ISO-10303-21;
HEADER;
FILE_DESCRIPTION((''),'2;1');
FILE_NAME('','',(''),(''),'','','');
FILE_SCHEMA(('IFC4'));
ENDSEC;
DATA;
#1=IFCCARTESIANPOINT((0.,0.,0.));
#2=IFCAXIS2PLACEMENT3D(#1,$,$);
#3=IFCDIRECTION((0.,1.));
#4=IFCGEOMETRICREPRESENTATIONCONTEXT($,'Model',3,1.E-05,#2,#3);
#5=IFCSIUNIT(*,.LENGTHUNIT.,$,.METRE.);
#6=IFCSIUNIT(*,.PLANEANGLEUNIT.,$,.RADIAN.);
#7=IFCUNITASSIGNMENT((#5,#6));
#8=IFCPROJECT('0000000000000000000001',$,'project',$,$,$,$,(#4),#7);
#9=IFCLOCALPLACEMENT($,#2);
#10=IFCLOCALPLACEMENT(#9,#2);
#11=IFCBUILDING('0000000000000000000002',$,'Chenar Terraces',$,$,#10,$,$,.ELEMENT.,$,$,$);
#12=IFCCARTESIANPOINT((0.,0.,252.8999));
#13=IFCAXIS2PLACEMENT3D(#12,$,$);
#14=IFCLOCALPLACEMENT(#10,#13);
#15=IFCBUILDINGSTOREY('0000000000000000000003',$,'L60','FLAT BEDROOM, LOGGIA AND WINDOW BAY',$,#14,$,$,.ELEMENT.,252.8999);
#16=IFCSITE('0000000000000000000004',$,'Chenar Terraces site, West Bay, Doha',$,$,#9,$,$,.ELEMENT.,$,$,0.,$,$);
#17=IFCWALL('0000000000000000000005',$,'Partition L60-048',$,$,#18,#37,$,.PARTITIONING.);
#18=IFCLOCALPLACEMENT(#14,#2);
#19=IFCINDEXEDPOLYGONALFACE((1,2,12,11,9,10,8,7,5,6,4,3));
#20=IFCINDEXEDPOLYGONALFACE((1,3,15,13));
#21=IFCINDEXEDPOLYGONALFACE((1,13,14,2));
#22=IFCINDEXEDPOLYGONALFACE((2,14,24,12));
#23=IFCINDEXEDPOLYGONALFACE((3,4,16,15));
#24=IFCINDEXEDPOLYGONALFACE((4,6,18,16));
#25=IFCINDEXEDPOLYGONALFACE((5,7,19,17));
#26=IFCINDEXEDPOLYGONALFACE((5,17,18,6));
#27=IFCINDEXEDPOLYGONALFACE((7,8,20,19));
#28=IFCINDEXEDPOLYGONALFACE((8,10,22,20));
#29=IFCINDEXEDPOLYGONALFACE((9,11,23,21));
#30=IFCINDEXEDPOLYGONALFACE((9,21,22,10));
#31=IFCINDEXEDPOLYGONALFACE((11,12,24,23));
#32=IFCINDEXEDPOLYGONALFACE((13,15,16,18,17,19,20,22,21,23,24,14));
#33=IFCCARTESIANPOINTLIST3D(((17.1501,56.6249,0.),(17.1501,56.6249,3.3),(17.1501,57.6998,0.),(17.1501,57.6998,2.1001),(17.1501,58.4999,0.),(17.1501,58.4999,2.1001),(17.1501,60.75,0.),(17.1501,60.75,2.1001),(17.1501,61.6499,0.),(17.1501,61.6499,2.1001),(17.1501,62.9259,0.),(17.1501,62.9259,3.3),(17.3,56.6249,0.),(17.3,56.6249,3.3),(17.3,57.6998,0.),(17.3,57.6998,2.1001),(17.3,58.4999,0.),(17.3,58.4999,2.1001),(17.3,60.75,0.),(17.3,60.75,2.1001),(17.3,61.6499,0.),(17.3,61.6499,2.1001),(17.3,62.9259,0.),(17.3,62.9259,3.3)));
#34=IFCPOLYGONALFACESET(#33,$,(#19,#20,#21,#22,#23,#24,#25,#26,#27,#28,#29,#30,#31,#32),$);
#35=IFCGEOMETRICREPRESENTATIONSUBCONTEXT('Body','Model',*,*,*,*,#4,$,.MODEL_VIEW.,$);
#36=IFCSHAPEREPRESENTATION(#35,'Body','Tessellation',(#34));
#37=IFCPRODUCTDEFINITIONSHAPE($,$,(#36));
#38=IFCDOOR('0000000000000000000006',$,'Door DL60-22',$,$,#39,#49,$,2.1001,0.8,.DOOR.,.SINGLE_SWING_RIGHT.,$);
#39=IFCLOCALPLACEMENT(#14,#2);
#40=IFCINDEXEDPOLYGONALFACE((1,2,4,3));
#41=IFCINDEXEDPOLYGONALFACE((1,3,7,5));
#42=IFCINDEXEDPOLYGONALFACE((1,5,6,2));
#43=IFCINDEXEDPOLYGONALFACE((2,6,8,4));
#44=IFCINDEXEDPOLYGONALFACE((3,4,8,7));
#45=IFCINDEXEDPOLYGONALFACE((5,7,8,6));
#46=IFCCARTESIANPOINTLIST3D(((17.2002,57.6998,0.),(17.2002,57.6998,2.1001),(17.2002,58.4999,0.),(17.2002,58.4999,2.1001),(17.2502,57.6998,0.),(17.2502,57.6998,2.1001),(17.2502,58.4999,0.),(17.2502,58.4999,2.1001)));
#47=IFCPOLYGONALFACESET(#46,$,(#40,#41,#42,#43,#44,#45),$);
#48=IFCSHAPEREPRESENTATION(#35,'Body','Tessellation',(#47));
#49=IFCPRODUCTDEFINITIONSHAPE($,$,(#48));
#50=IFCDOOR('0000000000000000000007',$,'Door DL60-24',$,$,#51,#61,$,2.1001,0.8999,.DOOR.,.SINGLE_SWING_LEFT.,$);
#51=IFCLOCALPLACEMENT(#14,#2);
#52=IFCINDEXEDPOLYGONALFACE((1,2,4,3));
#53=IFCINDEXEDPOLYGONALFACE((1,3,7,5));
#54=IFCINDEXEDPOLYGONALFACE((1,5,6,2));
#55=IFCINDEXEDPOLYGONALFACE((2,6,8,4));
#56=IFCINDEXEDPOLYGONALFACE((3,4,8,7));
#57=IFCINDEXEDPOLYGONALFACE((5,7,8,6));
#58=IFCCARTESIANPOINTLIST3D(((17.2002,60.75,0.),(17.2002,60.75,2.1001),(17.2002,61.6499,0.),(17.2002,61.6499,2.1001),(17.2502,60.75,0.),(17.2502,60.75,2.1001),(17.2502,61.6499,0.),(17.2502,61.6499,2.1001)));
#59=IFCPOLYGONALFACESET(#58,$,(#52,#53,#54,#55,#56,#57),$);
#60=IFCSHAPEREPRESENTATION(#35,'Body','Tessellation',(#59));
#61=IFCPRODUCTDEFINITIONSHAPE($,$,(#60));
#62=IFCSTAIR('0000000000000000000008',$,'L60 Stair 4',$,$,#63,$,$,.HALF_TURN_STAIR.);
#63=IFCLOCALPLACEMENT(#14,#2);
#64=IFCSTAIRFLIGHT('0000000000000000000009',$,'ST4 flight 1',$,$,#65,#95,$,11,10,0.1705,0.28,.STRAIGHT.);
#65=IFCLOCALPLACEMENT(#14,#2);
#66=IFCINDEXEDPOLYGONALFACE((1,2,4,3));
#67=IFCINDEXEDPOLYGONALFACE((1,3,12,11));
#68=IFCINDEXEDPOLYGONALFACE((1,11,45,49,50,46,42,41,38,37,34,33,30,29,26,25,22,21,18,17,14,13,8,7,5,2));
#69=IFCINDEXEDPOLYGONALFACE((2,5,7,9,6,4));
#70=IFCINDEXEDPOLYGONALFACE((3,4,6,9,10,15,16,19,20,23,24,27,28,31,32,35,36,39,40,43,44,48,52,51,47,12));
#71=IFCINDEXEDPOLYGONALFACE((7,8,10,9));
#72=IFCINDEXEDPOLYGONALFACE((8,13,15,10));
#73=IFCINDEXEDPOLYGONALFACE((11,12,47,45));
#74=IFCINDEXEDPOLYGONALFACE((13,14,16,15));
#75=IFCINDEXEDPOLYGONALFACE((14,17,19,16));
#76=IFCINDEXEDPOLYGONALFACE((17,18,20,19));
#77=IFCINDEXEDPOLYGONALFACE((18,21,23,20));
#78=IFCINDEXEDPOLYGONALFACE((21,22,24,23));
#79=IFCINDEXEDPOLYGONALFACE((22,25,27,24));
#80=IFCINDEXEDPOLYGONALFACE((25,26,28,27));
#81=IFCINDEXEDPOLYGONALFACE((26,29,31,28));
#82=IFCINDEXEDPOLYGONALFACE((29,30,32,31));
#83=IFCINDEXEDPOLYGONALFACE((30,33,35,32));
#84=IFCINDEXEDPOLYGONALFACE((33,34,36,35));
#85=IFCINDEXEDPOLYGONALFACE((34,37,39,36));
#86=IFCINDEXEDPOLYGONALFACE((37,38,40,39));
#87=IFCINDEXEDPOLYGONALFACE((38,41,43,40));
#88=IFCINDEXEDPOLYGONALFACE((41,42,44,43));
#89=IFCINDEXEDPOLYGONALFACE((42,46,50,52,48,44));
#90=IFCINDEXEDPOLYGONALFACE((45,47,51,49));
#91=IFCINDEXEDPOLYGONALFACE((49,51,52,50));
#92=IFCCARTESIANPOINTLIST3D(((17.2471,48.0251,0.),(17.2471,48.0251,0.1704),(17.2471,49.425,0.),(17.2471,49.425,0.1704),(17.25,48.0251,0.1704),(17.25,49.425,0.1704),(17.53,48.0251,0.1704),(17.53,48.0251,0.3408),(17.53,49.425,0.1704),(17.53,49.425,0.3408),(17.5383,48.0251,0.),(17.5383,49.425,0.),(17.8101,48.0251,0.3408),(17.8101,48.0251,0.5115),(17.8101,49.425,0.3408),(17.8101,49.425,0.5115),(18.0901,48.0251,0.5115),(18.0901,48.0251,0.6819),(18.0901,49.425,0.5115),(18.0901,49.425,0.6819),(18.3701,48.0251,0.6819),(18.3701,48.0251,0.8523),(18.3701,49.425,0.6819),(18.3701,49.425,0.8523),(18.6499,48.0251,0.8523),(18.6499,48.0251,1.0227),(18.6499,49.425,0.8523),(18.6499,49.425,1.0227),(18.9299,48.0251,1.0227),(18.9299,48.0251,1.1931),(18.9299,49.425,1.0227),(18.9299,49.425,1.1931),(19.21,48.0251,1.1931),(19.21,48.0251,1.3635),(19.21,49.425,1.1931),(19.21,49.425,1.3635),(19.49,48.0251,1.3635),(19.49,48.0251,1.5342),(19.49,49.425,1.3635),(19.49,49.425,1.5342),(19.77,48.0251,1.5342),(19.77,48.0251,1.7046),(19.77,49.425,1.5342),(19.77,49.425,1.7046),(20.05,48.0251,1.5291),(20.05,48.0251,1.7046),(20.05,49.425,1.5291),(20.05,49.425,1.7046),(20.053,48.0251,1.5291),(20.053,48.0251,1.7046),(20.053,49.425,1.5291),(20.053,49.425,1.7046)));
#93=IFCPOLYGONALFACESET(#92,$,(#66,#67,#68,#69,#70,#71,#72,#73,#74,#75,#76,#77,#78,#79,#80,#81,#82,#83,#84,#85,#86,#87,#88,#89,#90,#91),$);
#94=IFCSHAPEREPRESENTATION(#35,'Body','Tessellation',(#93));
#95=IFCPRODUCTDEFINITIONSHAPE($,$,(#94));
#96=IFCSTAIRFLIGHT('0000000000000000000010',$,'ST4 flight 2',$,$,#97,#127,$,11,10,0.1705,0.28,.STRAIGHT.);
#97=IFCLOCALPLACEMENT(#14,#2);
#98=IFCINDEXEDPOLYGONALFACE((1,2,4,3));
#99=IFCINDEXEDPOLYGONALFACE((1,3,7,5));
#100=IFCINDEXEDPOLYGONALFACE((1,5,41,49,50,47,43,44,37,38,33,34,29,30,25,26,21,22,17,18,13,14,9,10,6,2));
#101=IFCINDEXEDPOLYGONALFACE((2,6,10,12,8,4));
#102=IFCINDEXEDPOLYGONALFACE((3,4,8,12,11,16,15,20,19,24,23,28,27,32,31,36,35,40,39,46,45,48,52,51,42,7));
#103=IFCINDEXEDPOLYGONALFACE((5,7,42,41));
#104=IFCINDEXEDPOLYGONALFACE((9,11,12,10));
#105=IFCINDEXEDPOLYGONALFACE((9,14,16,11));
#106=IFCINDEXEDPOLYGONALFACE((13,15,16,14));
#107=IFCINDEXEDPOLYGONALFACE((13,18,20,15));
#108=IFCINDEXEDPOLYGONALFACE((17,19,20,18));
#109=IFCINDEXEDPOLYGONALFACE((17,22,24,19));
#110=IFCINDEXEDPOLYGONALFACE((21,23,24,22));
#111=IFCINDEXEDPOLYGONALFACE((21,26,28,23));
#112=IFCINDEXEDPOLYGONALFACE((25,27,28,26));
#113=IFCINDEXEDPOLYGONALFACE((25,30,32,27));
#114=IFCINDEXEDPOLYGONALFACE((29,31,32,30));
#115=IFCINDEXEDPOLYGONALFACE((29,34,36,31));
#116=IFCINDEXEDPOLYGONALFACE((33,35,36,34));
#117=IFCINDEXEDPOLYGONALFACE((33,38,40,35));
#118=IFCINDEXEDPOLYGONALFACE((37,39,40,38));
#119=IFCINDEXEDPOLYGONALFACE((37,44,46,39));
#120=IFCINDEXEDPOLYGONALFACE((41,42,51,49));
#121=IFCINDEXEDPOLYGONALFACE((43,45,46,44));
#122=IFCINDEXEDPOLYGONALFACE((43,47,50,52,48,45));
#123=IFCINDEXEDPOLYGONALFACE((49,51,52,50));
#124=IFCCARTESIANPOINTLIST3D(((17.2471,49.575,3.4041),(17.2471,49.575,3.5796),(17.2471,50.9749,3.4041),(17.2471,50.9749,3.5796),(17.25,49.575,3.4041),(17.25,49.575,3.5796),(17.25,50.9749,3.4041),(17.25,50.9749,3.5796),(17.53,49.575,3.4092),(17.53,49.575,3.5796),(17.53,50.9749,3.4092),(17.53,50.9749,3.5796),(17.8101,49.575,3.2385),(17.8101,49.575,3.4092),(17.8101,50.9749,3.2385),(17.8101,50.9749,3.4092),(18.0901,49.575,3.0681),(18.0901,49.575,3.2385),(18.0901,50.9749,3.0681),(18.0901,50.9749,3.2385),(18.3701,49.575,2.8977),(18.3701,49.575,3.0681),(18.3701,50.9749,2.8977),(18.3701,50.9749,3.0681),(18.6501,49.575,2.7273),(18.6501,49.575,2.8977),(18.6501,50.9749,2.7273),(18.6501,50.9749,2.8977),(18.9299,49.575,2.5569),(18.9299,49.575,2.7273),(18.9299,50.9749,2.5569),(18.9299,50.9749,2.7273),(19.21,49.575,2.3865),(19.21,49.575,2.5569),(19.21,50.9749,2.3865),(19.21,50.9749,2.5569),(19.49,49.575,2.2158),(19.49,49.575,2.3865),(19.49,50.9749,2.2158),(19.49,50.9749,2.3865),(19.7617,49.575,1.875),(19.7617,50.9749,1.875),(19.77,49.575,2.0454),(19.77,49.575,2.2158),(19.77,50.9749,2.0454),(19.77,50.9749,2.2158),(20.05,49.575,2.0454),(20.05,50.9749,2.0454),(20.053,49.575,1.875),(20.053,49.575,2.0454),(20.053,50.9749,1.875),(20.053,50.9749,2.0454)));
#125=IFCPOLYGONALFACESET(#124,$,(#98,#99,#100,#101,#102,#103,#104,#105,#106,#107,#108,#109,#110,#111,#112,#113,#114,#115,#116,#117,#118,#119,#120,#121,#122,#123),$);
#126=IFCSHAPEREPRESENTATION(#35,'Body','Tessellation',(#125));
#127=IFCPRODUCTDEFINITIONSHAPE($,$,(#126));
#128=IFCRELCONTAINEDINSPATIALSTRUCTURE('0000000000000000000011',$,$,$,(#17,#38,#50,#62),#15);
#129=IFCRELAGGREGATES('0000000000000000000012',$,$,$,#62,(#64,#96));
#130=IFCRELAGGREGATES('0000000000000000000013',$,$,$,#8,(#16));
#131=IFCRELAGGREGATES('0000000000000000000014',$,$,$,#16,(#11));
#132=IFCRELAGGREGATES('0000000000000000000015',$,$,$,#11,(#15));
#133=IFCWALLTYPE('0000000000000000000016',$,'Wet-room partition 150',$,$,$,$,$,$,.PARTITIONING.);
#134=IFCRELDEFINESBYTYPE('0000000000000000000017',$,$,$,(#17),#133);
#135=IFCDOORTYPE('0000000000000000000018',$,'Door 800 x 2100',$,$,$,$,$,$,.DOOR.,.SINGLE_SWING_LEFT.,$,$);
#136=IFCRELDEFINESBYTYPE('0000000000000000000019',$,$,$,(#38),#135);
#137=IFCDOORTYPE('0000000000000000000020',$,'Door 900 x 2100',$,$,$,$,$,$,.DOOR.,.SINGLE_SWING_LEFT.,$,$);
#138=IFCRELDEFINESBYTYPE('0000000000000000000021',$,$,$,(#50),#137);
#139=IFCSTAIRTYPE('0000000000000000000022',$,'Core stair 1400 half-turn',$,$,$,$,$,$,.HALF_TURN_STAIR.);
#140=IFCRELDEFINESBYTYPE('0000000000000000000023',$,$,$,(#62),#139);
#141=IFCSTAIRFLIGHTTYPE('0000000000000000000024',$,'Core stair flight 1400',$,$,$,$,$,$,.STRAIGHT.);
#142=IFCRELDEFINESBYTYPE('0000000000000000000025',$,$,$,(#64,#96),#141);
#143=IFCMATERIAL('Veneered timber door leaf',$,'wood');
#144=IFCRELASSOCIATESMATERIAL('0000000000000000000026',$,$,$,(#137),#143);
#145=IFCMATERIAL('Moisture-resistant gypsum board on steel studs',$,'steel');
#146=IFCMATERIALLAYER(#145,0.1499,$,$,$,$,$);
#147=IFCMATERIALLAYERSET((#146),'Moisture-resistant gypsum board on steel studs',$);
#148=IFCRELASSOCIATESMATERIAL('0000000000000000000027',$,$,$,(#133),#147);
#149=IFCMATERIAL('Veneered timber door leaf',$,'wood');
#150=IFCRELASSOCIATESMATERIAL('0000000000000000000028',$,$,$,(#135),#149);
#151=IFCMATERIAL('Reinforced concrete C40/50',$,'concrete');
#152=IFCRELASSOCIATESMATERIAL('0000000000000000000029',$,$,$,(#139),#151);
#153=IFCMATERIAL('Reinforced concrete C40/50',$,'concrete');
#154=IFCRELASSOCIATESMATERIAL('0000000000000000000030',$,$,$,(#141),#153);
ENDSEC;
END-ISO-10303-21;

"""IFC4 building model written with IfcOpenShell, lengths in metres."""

from ifc_helpers import new_model, si_unit, direction, frame, frame_2d, origin, place, context, subcontext, project, spatial, polyline, rectangle, outline, extrude, material, layer, layer_set, type_object, element, fill, aggregate, save


model = new_model("IFC4")

# Units and contexts
model_context = context("Model", 3, precision=1e-05, world=origin(), true_north=direction((0.0, 1.0)))
body_context = subcontext(model_context, "Body", "Model", "MODEL_VIEW")
ifc_project = project(units=[si_unit("LENGTHUNIT", "METRE"), si_unit("PLANEANGLEUNIT", "RADIAN")], contexts=[model_context])

# Site, building, storey
site_placement = place(None, origin())
site = spatial("IfcSite", under=ifc_project, at=site_placement, Name="Chenar Terraces site, West Bay, Doha", CompositionType="ELEMENT", RefElevation=0.0)
building_placement = place(site_placement, origin())
building = spatial("IfcBuilding", under=site, at=building_placement, Name="Chenar Terraces", CompositionType="ELEMENT")
storey_placement = place(building_placement, frame((0.0, 0.0, 252.8999)))
storey = spatial("IfcBuildingStorey", under=building, at=storey_placement, Name="L60", Description="FLAT BEDROOM, LOGGIA AND WINDOW BAY", CompositionType="ELEMENT", Elevation=252.8999)

# Shared definitions
ifc_material_1 = material(Name="Veneered timber door leaf", Category="wood")
door_type_1 = type_object("IfcDoorType", Name="Door 900 x 2100", OperationType="SINGLE_SWING_LEFT", PredefinedType="DOOR", material=ifc_material_1)

# Shared definitions
ifc_material_2 = material(Name="Moisture-resistant gypsum board on steel studs", Category="steel")
ifc_layer_1 = layer(ifc_material_2, 0.1499)
ifc_layer_set_1 = layer_set([ifc_layer_1], Name="Moisture-resistant gypsum board on steel studs")
wall_type_1 = type_object("IfcWallType", Name="Wet-room partition 150", PredefinedType="PARTITIONING", material=ifc_layer_set_1)

# Wall, openings, doors
wall_1_placement = place(storey_placement, frame((17.2251, 56.625, 0.0), z_axis=(0.0, 0.0, 1.0), x_axis=(0.0, 1.0, 0.0)))
wall_1 = element("IfcWall", 1, at=wall_1_placement, inside=storey, type_object=wall_type_1, Name="Partition L60-048", PredefinedType="PARTITIONING", context=body_context, shape_type="SweptSolid", body=[
    extrude(rectangle(XDim=6.301, YDim=0.1499, at=frame_2d((3.1504, 0.0))), origin(), (0.0, 0.0, 1.0), 3.3),
])
opening_1_placement = place(wall_1_placement, frame((1.075, 0.0, 0.0)))
opening_1 = element("IfcOpeningElement", 2, at=opening_1_placement, cuts=wall_1, PredefinedType="OPENING", context=body_context, shape_type="SweptSolid", body=[
    extrude(rectangle(XDim=0.8, YDim=2.1001, at=frame_2d((0.3999, 1.05))), frame((0.0, 0.085, 0.0), z_axis=(0.0, -1.0, 0.0), x_axis=(1.0, 0.0, 0.0)), (0.0, 0.0, 1.0), 0.1699),
])
opening_2_placement = place(wall_1_placement, frame((4.125, 0.0, 0.0)))
opening_2 = element("IfcOpeningElement", 3, at=opening_2_placement, cuts=wall_1, PredefinedType="OPENING", context=body_context, shape_type="SweptSolid", body=[
    extrude(rectangle(XDim=0.8999, YDim=2.1001, at=frame_2d((0.45, 1.05))), frame((0.0, 0.085, 0.0), z_axis=(0.0, -1.0, 0.0), x_axis=(1.0, 0.0, 0.0)), (0.0, 0.0, 1.0), 0.1699),
])
ifc_material_3 = material(Name="Veneered timber door leaf", Category="wood")
door_type_2 = type_object("IfcDoorType", Name="Door 800 x 2100", OperationType="SINGLE_SWING_LEFT", PredefinedType="DOOR", material=ifc_material_3)
door_1_placement = place(opening_1_placement, origin())
door_1 = element("IfcDoor", 4, at=door_1_placement, inside=storey, type_object=door_type_2, Name="Door DL60-22", OperationType="SINGLE_SWING_RIGHT", OverallHeight=2.1001, OverallWidth=0.8, PredefinedType="DOOR", context=body_context, shape_type="SweptSolid", body=[
    extrude(rectangle(XDim=0.8, YDim=2.1001, at=frame_2d((0.3999, 1.05))), frame((0.0, 0.0249, 0.0), z_axis=(0.0, -1.0, 0.0), x_axis=(1.0, 0.0, 0.0)), (0.0, 0.0, 1.0), 0.05),
])
fill(opening_1, door_1)
door_2_placement = place(opening_2_placement, origin())
door_2 = element("IfcDoor", 5, at=door_2_placement, inside=storey, type_object=door_type_1, Name="Door DL60-24", OperationType="SINGLE_SWING_LEFT", OverallHeight=2.1001, OverallWidth=0.8999, PredefinedType="DOOR", context=body_context, shape_type="SweptSolid", body=[
    extrude(rectangle(XDim=0.8999, YDim=2.1001, at=frame_2d((0.45, 1.05))), frame((0.0, 0.0249, 0.0), z_axis=(0.0, -1.0, 0.0), x_axis=(1.0, 0.0, 0.0)), (0.0, 0.0, 1.0), 0.05),
])
fill(opening_2, door_2)

# Stair, stair flights
ifc_material_4 = material(Name="Reinforced concrete C40/50", Category="concrete")
stair_type = type_object("IfcStairType", Name="Core stair 1400 half-turn", PredefinedType="HALF_TURN_STAIR", material=ifc_material_4)
stair_placement = place(storey_placement, origin())
stair = element("IfcStair", 6, at=stair_placement, inside=storey, type_object=stair_type, Name="L60 Stair 4", PredefinedType="HALF_TURN_STAIR")
ifc_material_5 = material(Name="Reinforced concrete C40/50", Category="concrete")
stair_flight_type = type_object("IfcStairFlightType", Name="Core stair flight 1400", PredefinedType="STRAIGHT", material=ifc_material_5)
stair_flight_1_placement = place(storey_placement, frame((17.25, 48.7251, 0.0), z_axis=(0.0, 0.0, 1.0), x_axis=(1.0, 0.0, 0.0)))
stair_flight_1 = element("IfcStairFlight", 7, at=stair_flight_1_placement, type_object=stair_flight_type, Name="ST4 flight 1", NumberOfRisers=11, NumberOfTreads=10, PredefinedType="STRAIGHT", RiserHeight=0.1705, TreadLength=0.28, context=body_context, shape_type="SweptSolid", body=[
    extrude(outline(polyline([(-0.0029, 0.0), (-0.0029, 0.1704), (0.0, 0.1704), (0.28, 0.1704), (0.28, 0.3408), (0.5601, 0.3408), (0.5601, 0.5115), (0.8401, 0.5115), (0.8401, 0.6819), (1.1201, 0.6819), (1.1201, 0.8523), (1.3999, 0.8523), (1.3999, 1.0227), (1.6799, 1.0227), (1.6799, 1.1931), (1.96, 1.1931), (1.96, 1.3635), (2.24, 1.3635), (2.24, 1.5342), (2.52, 1.5342), (2.52, 1.7046), (2.8, 1.7046), (2.803, 1.7046), (2.803, 1.5291), (2.8, 1.5291), (0.2883, 0.0), (-0.0029, 0.0)])), frame((0.0, 0.7, 0.0), z_axis=(0.0, -1.0, 0.0), x_axis=(1.0, 0.0, 0.0)), (0.0, 0.0, 1.0), 1.3999),
])
stair_flight_2_placement = place(storey_placement, frame((20.05, 50.2749, 1.875), z_axis=(0.0, 0.0, 1.0), x_axis=(-1.0, 0.0, 0.0)))
stair_flight_2 = element("IfcStairFlight", 8, at=stair_flight_2_placement, type_object=stair_flight_type, Name="ST4 flight 2", NumberOfRisers=11, NumberOfTreads=10, PredefinedType="STRAIGHT", RiserHeight=0.1705, TreadLength=0.28, context=body_context, shape_type="SweptSolid", body=[
    extrude(outline(polyline([(-0.0029, 0.0), (-0.0029, 0.1704), (0.0, 0.1704), (0.28, 0.1704), (0.28, 0.3408), (0.5601, 0.3408), (0.5601, 0.5115), (0.8401, 0.5115), (0.8401, 0.6819), (1.1201, 0.6819), (1.1201, 0.8523), (1.3999, 0.8523), (1.3999, 1.0227), (1.6799, 1.0227), (1.6799, 1.1931), (1.96, 1.1931), (1.96, 1.3635), (2.24, 1.3635), (2.24, 1.5342), (2.52, 1.5342), (2.52, 1.7046), (2.8, 1.7046), (2.803, 1.7046), (2.803, 1.5291), (2.8, 1.5291), (0.2883, 0.0), (-0.0029, 0.0)])), frame((0.0, 0.7, 0.0), z_axis=(0.0, -1.0, 0.0), x_axis=(1.0, 0.0, 0.0)), (0.0, 0.0, 1.0), 1.3999),
])
aggregate(stair, [stair_flight_1, stair_flight_2])

save(model, "model.ifc")
